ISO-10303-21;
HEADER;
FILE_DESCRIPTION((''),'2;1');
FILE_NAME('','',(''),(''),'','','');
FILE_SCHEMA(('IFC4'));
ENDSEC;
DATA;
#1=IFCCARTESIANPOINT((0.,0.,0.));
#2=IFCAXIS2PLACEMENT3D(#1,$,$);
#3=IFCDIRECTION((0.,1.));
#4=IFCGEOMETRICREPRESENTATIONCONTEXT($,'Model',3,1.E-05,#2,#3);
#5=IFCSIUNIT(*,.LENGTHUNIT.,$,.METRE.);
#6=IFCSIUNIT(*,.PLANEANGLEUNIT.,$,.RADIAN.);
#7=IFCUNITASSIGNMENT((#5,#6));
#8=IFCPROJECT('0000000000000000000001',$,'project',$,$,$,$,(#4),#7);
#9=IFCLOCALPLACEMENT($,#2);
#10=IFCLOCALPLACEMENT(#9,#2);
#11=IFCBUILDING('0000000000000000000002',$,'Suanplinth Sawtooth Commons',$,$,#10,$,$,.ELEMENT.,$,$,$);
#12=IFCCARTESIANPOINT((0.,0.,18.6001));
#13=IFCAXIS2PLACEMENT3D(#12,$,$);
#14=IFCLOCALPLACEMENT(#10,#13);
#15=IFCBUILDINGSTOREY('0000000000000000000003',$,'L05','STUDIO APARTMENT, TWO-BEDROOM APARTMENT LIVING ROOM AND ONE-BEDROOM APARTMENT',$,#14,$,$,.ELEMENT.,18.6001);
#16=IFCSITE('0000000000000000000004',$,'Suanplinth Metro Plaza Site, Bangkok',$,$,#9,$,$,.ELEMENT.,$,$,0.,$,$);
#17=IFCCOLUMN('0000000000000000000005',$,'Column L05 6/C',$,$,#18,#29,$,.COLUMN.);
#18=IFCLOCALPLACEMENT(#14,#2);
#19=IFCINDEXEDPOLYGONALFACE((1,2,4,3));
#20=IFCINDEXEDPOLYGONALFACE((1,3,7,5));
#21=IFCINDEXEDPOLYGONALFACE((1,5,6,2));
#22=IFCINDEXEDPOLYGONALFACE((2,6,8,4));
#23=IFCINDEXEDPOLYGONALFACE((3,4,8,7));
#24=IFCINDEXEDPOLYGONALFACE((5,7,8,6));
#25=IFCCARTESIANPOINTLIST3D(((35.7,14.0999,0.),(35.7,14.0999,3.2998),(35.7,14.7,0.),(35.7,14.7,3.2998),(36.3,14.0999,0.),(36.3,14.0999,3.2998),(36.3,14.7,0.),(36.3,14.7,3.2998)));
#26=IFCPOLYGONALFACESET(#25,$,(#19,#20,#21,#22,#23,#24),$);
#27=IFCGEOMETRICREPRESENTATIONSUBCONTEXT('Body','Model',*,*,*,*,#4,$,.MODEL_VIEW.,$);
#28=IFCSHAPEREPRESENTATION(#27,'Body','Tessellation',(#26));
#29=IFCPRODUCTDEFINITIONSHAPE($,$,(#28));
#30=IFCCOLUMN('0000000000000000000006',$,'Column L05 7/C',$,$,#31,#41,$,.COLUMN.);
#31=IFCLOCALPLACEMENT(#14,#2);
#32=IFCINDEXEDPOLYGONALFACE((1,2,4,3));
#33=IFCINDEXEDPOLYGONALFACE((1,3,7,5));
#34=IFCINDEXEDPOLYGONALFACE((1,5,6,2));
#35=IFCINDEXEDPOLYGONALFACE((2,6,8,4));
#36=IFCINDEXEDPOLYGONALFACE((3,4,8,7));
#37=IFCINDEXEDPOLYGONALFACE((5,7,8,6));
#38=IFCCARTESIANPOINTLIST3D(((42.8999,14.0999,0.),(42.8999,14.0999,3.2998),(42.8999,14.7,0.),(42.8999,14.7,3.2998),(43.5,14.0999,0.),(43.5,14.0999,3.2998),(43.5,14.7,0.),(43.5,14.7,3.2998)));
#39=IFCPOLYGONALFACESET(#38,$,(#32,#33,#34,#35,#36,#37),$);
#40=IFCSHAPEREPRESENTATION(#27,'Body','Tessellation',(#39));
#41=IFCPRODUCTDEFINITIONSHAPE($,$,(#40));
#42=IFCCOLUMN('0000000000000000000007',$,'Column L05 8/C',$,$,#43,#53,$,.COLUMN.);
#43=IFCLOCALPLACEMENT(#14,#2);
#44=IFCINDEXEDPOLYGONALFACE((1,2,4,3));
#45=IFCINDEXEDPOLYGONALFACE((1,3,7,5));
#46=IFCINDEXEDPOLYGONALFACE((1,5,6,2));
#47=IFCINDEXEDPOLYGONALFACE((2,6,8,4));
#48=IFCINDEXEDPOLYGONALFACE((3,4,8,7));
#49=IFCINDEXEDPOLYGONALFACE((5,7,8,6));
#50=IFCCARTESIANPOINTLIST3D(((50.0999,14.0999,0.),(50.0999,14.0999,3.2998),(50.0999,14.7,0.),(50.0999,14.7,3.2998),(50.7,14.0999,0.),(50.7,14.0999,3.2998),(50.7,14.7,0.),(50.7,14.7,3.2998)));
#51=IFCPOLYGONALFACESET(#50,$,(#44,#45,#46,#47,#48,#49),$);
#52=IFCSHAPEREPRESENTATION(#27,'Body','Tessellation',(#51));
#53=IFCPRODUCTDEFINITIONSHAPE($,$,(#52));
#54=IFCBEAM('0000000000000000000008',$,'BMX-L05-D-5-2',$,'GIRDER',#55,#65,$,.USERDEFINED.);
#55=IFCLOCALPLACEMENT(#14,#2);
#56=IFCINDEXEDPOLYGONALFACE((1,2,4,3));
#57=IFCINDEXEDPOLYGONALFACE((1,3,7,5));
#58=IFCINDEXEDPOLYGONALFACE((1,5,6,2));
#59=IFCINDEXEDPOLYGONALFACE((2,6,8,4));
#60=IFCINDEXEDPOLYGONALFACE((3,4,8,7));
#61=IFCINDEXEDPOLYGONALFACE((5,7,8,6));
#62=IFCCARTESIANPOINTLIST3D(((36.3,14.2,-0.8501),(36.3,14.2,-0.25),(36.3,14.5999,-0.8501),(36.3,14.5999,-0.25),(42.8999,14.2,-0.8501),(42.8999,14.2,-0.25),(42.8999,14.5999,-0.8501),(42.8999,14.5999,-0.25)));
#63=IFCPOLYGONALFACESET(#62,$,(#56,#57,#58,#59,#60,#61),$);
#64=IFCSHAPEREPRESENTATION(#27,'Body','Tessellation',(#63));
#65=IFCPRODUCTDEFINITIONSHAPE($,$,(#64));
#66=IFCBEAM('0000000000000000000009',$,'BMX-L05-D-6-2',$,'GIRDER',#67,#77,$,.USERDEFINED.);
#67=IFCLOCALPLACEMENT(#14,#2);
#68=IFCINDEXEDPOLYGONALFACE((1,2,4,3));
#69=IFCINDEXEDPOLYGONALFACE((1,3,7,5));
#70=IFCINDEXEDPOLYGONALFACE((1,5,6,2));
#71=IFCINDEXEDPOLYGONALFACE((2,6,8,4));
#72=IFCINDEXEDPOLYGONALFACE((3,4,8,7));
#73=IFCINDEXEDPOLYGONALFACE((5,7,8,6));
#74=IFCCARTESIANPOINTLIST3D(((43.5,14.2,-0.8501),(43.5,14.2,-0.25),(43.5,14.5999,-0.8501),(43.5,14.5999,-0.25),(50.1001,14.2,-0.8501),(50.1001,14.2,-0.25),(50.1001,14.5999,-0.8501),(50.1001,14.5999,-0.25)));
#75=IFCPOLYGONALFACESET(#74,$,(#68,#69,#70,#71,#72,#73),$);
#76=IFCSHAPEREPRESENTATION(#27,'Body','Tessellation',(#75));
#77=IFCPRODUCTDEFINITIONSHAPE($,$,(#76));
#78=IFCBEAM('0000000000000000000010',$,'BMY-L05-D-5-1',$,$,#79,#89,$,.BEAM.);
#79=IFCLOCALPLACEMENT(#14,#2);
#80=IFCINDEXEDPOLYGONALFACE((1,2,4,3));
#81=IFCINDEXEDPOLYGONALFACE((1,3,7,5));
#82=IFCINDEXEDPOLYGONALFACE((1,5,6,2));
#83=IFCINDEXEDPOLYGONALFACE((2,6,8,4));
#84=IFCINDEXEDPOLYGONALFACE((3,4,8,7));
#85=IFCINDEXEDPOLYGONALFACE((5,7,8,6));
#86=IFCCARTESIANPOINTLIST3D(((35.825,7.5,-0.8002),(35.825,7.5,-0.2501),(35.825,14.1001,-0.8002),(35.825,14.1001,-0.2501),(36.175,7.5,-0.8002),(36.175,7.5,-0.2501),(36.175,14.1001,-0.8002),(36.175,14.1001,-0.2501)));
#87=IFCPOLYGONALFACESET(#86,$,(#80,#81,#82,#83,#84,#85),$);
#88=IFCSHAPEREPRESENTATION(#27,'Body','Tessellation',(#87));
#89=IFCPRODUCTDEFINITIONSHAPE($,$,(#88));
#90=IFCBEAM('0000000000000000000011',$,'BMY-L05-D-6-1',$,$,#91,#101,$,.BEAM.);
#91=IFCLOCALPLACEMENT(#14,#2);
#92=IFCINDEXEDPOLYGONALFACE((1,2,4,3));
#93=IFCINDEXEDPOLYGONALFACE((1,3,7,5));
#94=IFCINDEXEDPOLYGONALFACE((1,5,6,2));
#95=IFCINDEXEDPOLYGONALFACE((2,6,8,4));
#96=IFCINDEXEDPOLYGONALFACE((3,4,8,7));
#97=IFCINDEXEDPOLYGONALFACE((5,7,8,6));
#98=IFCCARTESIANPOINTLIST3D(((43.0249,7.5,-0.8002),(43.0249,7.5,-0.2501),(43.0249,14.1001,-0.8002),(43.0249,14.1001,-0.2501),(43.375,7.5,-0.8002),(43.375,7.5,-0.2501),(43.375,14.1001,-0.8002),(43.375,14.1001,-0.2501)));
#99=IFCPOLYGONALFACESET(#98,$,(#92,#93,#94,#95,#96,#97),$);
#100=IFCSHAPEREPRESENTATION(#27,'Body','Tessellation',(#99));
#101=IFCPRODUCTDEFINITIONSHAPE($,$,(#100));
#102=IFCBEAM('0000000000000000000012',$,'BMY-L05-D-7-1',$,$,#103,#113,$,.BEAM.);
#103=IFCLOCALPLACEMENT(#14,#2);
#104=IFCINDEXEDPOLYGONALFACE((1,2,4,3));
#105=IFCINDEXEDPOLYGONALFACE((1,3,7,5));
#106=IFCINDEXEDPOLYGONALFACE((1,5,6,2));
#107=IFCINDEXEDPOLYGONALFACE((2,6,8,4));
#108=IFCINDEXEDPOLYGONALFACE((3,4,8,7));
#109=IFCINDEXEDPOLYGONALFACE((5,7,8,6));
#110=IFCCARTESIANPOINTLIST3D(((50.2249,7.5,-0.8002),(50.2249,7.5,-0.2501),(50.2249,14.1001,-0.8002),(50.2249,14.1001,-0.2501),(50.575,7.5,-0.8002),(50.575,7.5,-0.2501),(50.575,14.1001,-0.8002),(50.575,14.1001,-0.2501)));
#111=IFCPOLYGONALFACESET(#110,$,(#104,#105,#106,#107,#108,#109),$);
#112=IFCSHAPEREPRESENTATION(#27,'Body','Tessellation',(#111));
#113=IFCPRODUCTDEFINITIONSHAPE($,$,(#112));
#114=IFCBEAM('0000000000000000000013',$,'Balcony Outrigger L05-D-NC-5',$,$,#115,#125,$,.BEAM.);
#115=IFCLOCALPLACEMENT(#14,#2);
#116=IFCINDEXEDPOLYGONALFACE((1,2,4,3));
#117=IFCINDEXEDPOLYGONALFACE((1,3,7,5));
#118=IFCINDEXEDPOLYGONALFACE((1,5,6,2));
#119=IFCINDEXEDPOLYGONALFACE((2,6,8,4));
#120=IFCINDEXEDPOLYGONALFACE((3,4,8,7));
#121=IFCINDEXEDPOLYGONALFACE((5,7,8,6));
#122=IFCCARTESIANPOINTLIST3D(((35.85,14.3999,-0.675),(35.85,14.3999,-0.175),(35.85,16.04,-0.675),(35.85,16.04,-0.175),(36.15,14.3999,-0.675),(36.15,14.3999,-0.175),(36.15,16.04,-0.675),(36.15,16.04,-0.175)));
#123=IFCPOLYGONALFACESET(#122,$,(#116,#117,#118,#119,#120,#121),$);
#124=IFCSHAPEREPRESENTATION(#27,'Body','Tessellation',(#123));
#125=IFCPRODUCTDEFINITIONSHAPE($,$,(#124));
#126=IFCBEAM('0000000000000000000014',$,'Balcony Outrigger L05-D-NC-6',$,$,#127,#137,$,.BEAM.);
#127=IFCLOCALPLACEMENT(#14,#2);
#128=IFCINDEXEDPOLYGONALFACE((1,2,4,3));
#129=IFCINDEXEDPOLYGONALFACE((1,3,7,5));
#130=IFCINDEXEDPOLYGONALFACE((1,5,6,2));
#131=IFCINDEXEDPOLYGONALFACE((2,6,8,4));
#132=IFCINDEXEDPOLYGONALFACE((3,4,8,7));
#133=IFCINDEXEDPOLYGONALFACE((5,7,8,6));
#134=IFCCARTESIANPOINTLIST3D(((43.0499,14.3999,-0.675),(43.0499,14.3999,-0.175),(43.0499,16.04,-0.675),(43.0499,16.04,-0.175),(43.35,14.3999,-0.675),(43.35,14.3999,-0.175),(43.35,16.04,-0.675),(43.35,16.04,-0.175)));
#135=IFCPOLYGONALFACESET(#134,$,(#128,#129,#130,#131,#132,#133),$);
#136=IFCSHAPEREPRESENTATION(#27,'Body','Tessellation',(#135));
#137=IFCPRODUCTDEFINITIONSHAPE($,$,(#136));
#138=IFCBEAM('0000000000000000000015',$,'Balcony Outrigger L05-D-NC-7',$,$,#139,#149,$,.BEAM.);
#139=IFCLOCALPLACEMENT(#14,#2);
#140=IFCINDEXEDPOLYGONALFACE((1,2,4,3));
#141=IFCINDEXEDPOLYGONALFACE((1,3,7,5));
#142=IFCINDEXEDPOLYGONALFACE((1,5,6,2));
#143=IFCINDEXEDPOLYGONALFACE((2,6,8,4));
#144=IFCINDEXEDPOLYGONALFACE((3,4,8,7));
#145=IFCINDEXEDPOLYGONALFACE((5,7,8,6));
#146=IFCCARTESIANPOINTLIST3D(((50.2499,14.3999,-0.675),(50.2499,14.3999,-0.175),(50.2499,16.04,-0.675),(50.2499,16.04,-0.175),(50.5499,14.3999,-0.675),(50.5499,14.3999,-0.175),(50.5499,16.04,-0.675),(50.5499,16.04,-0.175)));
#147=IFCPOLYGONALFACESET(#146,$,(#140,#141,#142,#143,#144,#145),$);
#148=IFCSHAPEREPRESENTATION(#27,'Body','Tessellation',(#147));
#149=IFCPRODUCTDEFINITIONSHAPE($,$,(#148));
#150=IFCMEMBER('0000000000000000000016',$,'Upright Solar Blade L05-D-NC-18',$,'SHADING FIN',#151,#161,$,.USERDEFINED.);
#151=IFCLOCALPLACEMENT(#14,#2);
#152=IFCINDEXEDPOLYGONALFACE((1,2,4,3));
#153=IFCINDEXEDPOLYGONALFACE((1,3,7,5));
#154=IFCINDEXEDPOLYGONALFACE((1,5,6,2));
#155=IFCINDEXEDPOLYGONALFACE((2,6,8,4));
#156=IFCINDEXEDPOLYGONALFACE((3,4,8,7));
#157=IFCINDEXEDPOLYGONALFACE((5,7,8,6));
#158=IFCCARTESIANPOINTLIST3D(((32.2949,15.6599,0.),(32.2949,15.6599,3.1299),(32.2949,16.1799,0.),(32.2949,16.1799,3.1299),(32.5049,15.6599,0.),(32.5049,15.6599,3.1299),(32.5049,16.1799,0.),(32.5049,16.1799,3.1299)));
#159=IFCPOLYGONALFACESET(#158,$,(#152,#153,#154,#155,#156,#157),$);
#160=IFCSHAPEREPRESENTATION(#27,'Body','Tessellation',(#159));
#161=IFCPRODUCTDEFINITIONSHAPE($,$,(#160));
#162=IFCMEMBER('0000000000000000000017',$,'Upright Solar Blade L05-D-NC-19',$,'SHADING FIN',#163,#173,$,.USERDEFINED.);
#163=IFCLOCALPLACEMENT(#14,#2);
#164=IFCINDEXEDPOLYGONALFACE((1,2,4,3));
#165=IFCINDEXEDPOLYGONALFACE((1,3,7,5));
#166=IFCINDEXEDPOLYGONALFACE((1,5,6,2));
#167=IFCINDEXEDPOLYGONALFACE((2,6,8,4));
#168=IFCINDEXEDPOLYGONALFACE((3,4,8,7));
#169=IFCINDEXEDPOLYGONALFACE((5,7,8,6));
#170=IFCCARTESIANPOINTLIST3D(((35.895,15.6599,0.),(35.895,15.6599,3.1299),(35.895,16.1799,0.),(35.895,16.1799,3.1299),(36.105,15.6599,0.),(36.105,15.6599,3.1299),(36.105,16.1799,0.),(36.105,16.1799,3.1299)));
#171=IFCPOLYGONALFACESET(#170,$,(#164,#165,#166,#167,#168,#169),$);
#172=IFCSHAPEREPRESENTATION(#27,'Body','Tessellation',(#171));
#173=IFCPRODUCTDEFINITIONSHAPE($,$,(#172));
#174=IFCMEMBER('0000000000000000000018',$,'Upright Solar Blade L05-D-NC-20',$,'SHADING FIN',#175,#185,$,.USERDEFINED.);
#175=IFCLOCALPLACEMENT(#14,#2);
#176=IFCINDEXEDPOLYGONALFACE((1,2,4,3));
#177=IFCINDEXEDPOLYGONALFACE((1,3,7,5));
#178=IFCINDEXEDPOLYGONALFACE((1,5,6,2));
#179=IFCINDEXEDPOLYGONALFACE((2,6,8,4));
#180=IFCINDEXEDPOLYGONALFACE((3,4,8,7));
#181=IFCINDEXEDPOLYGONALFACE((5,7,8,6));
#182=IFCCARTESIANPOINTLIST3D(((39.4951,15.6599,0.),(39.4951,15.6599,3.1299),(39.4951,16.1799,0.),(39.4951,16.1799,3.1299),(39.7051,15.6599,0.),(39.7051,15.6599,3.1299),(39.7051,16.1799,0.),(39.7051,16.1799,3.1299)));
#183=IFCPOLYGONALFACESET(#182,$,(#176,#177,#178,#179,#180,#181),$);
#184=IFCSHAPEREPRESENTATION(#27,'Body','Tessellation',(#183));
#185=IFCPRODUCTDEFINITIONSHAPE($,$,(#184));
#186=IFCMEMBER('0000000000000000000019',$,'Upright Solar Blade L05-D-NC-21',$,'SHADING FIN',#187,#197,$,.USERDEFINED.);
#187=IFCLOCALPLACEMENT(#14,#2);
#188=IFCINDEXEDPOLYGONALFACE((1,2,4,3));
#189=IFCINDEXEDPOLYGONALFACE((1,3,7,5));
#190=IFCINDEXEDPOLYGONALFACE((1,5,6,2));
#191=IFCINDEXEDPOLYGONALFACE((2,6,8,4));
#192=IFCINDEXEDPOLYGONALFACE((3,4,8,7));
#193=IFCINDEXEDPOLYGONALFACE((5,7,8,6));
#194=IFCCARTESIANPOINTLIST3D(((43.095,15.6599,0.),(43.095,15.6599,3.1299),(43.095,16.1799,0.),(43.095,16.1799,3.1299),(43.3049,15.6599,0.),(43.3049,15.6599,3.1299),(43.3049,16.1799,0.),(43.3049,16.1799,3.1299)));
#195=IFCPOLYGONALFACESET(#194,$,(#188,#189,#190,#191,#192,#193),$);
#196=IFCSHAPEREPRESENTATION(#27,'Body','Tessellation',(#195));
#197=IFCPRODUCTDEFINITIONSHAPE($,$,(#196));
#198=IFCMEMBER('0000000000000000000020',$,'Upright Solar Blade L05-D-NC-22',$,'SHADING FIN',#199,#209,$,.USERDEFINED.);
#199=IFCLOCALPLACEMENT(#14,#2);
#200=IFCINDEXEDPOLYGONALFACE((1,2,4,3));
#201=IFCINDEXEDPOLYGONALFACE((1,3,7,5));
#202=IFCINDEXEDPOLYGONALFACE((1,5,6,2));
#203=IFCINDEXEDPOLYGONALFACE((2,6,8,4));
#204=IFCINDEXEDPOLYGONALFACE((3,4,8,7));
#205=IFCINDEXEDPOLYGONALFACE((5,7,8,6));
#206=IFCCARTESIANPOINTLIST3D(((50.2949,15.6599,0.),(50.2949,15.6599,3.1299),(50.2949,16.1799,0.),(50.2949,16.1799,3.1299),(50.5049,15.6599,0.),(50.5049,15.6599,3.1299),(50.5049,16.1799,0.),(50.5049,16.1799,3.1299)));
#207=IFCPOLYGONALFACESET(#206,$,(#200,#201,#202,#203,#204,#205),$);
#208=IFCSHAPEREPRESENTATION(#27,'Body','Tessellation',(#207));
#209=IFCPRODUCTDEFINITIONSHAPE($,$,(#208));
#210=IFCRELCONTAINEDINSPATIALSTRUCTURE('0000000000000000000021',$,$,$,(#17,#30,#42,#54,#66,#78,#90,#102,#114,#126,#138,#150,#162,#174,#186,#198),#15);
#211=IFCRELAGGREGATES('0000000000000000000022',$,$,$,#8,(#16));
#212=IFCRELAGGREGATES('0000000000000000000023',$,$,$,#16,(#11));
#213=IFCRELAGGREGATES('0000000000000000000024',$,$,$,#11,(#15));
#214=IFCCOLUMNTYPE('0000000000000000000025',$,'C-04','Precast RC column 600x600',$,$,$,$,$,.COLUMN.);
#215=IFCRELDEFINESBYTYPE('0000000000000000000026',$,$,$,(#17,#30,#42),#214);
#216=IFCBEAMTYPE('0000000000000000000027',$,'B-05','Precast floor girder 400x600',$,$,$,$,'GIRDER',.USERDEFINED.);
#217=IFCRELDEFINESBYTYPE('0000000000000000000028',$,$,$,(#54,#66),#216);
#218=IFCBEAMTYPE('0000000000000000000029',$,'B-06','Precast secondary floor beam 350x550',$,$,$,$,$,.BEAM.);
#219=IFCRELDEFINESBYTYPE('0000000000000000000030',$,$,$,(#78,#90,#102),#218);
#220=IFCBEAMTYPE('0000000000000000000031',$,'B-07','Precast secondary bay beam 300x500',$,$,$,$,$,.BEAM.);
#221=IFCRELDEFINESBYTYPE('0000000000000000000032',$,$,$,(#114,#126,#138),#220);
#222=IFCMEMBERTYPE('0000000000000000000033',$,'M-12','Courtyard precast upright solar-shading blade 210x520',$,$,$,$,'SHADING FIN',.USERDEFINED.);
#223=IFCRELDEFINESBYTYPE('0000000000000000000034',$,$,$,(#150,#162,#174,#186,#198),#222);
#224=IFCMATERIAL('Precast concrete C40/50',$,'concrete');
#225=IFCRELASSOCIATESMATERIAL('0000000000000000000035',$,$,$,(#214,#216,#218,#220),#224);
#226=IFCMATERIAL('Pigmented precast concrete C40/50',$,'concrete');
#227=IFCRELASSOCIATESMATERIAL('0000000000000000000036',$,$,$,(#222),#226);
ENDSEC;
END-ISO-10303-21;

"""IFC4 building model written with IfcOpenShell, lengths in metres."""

from ifc_helpers import new_model, si_unit, direction, frame, origin, origin_2d, place, context, subcontext, project, spatial, rectangle, extrude, material, material_profile, profile_set, type_object, element, save


model = new_model("IFC4")

# Units and contexts
model_context = context("Model", 3, precision=1e-05, world=origin(), true_north=direction((0.0, 1.0)))
body_context = subcontext(model_context, "Body", "Model", "MODEL_VIEW")
ifc_project = project(units=[si_unit("LENGTHUNIT", "METRE"), si_unit("PLANEANGLEUNIT", "RADIAN")], contexts=[model_context])

# Site, building, storey
site_placement = place(None, origin())
site = spatial("IfcSite", under=ifc_project, at=site_placement, Name="Suanplinth Metro Plaza Site, Bangkok", CompositionType="ELEMENT", RefElevation=0.0)
building_placement = place(site_placement, origin())
building = spatial("IfcBuilding", under=site, at=building_placement, Name="Suanplinth Sawtooth Commons", CompositionType="ELEMENT")
storey_placement = place(building_placement, frame((0.0, 0.0, 18.6001)))
storey = spatial("IfcBuildingStorey", under=building, at=storey_placement, Name="L05", Description="STUDIO APARTMENT, TWO-BEDROOM APARTMENT LIVING ROOM AND ONE-BEDROOM APARTMENT", CompositionType="ELEMENT", Elevation=18.6001)

# Columns
ifc_material_1 = material(Name="Precast concrete C40/50", Category="concrete")
ifc_material_profile_1 = material_profile(ifc_material_1, rectangle(XDim=0.6001, YDim=0.6001, at=origin_2d()), Name="PC-COL 600x600")
ifc_profile_set_1 = profile_set([ifc_material_profile_1], Name="Precast concrete C40/50")
column_type = type_object("IfcColumnType", Name="C-04", Description="Precast RC column 600x600", PredefinedType="COLUMN", material=ifc_profile_set_1)
for number, where, z_axis, x_axis, name in (
    (1, (36.0, 14.3999, 0.0), (0.0, 0.0, 1.0), (1.0, 0.0, 0.0), "Column L05 6/C"),
    (2, (43.2, 14.3999, 0.0), (0.0, 0.0, 1.0), (1.0, 0.0, 0.0), "Column L05 7/C"),
    (3, (50.3999, 14.3999, 0.0), (0.0, 0.0, 1.0), (1.0, 0.0, 0.0), "Column L05 8/C"),
):
    element("IfcColumn", number, at=place(storey_placement, frame(where, z_axis=z_axis, x_axis=x_axis)), inside=storey, type_object=column_type, Name=name, PredefinedType="COLUMN", context=body_context, shape_type="SweptSolid", body=[
        extrude(rectangle(XDim=0.6001, YDim=0.6001, at=origin_2d()), origin(), (0.0, 0.0, 1.0), 3.2998),
    ])

# Beams
ifc_material_profile_2 = material_profile(ifc_material_1, rectangle(XDim=0.3999, YDim=0.6001, at=origin_2d()), Name="PC-GDR 400x600")
ifc_profile_set_2 = profile_set([ifc_material_profile_2], Name="Precast concrete C40/50")
beam_type_1 = type_object("IfcBeamType", Name="B-05", Description="Precast floor girder 400x600", ElementType="GIRDER", PredefinedType="USERDEFINED", material=ifc_profile_set_2)
beam_1_placement = place(storey_placement, frame((36.3, 14.3999, -0.55), z_axis=(1.0, 0.0, 0.0), x_axis=(0.0, 1.0, 0.0)))
element("IfcBeam", 4, at=beam_1_placement, inside=storey, type_object=beam_type_1, Name="BMX-L05-D-5-2", ObjectType="GIRDER", PredefinedType="USERDEFINED", context=body_context, shape_type="SweptSolid", body=[
    extrude(rectangle(XDim=0.3999, YDim=0.6001, at=origin_2d()), origin(), (0.0, 0.0, 1.0), 6.5999),
])
beam_2_placement = place(storey_placement, frame((43.5, 14.3999, -0.55), z_axis=(1.0, 0.0, 0.0), x_axis=(0.0, 1.0, 0.0)))
element("IfcBeam", 5, at=beam_2_placement, inside=storey, type_object=beam_type_1, Name="BMX-L05-D-6-2", ObjectType="GIRDER", PredefinedType="USERDEFINED", context=body_context, shape_type="SweptSolid", body=[
    extrude(rectangle(XDim=0.3999, YDim=0.6001, at=origin_2d()), origin(), (0.0, 0.0, 1.0), 6.6001),
])
ifc_material_profile_3 = material_profile(ifc_material_1, rectangle(XDim=0.3501, YDim=0.55, at=origin_2d()), Name="PC-BM 350x550")
ifc_profile_set_3 = profile_set([ifc_material_profile_3], Name="Precast concrete C40/50")
beam_type_2 = type_object("IfcBeamType", Name="B-06", Description="Precast secondary floor beam 350x550", PredefinedType="BEAM", material=ifc_profile_set_3)
for number, where, z_axis, x_axis, name in (
    (6, (36.0, 7.5, -0.5251), (0.0, 1.0, 0.0), (-1.0, 0.0, 0.0), "BMY-L05-D-5-1"),
    (7, (43.2, 7.5, -0.5251), (0.0, 1.0, 0.0), (-1.0, 0.0, 0.0), "BMY-L05-D-6-1"),
    (8, (50.3999, 7.5, -0.5251), (0.0, 1.0, 0.0), (-1.0, 0.0, 0.0), "BMY-L05-D-7-1"),
):
    element("IfcBeam", number, at=place(storey_placement, frame(where, z_axis=z_axis, x_axis=x_axis)), inside=storey, type_object=beam_type_2, Name=name, PredefinedType="BEAM", context=body_context, shape_type="SweptSolid", body=[
        extrude(rectangle(XDim=0.3501, YDim=0.55, at=origin_2d()), origin(), (0.0, 0.0, 1.0), 6.6001),
    ])
ifc_material_profile_4 = material_profile(ifc_material_1, rectangle(XDim=0.3, YDim=0.5, at=origin_2d()), Name="PC-BM 300x500")
ifc_profile_set_4 = profile_set([ifc_material_profile_4], Name="Precast concrete C40/50")
beam_type_3 = type_object("IfcBeamType", Name="B-07", Description="Precast secondary bay beam 300x500", PredefinedType="BEAM", material=ifc_profile_set_4)
for number, where, z_axis, x_axis, name in (
    (9, (36.0, 14.3999, -0.425), (0.0, 1.0, 0.0), (-1.0, 0.0, 0.0), "Balcony Outrigger L05-D-NC-5"),
    (10, (43.2, 14.3999, -0.425), (0.0, 1.0, 0.0), (-1.0, 0.0, 0.0), "Balcony Outrigger L05-D-NC-6"),
    (11, (50.3999, 14.3999, -0.425), (0.0, 1.0, 0.0), (-1.0, 0.0, 0.0), "Balcony Outrigger L05-D-NC-7"),
):
    element("IfcBeam", number, at=place(storey_placement, frame(where, z_axis=z_axis, x_axis=x_axis)), inside=storey, type_object=beam_type_3, Name=name, PredefinedType="BEAM", context=body_context, shape_type="SweptSolid", body=[
        extrude(rectangle(XDim=0.3, YDim=0.5, at=origin_2d()), origin(), (0.0, 0.0, 1.0), 1.6401),
    ])

# Members
ifc_material_2 = material(Name="Pigmented precast concrete C40/50", Category="concrete")
ifc_material_profile_5 = material_profile(ifc_material_2, rectangle(XDim=0.21, YDim=0.52, at=origin_2d()), Name="PC-FIN 210x520")
ifc_profile_set_5 = profile_set([ifc_material_profile_5], Name="Pigmented precast concrete C40/50")
member_type = type_object("IfcMemberType", Name="M-12", Description="Courtyard precast upright solar-shading blade 210x520", ElementType="SHADING FIN", PredefinedType="USERDEFINED", material=ifc_profile_set_5)
for number, where, z_axis, x_axis, name in (
    (12, (32.3999, 15.9199, 0.0), (0.0, 0.0, 1.0), (1.0, 0.0, 0.0), "Upright Solar Blade L05-D-NC-18"),
    (13, (36.0, 15.9199, 0.0), (0.0, 0.0, 1.0), (1.0, 0.0, 0.0), "Upright Solar Blade L05-D-NC-19"),
    (14, (39.6001, 15.9199, 0.0), (0.0, 0.0, 1.0), (1.0, 0.0, 0.0), "Upright Solar Blade L05-D-NC-20"),
    (15, (43.2, 15.9199, 0.0), (0.0, 0.0, 1.0), (1.0, 0.0, 0.0), "Upright Solar Blade L05-D-NC-21"),
    (16, (50.3999, 15.9199, 0.0), (0.0, 0.0, 1.0), (1.0, 0.0, 0.0), "Upright Solar Blade L05-D-NC-22"),
):
    element("IfcMember", number, at=place(storey_placement, frame(where, z_axis=z_axis, x_axis=x_axis)), inside=storey, type_object=member_type, Name=name, ObjectType="SHADING FIN", PredefinedType="USERDEFINED", context=body_context, shape_type="SweptSolid", body=[
        extrude(rectangle(XDim=0.21, YDim=0.52, at=origin_2d()), origin(), (0.0, 0.0, 1.0), 3.1299),
    ])

save(model, "model.ifc")
